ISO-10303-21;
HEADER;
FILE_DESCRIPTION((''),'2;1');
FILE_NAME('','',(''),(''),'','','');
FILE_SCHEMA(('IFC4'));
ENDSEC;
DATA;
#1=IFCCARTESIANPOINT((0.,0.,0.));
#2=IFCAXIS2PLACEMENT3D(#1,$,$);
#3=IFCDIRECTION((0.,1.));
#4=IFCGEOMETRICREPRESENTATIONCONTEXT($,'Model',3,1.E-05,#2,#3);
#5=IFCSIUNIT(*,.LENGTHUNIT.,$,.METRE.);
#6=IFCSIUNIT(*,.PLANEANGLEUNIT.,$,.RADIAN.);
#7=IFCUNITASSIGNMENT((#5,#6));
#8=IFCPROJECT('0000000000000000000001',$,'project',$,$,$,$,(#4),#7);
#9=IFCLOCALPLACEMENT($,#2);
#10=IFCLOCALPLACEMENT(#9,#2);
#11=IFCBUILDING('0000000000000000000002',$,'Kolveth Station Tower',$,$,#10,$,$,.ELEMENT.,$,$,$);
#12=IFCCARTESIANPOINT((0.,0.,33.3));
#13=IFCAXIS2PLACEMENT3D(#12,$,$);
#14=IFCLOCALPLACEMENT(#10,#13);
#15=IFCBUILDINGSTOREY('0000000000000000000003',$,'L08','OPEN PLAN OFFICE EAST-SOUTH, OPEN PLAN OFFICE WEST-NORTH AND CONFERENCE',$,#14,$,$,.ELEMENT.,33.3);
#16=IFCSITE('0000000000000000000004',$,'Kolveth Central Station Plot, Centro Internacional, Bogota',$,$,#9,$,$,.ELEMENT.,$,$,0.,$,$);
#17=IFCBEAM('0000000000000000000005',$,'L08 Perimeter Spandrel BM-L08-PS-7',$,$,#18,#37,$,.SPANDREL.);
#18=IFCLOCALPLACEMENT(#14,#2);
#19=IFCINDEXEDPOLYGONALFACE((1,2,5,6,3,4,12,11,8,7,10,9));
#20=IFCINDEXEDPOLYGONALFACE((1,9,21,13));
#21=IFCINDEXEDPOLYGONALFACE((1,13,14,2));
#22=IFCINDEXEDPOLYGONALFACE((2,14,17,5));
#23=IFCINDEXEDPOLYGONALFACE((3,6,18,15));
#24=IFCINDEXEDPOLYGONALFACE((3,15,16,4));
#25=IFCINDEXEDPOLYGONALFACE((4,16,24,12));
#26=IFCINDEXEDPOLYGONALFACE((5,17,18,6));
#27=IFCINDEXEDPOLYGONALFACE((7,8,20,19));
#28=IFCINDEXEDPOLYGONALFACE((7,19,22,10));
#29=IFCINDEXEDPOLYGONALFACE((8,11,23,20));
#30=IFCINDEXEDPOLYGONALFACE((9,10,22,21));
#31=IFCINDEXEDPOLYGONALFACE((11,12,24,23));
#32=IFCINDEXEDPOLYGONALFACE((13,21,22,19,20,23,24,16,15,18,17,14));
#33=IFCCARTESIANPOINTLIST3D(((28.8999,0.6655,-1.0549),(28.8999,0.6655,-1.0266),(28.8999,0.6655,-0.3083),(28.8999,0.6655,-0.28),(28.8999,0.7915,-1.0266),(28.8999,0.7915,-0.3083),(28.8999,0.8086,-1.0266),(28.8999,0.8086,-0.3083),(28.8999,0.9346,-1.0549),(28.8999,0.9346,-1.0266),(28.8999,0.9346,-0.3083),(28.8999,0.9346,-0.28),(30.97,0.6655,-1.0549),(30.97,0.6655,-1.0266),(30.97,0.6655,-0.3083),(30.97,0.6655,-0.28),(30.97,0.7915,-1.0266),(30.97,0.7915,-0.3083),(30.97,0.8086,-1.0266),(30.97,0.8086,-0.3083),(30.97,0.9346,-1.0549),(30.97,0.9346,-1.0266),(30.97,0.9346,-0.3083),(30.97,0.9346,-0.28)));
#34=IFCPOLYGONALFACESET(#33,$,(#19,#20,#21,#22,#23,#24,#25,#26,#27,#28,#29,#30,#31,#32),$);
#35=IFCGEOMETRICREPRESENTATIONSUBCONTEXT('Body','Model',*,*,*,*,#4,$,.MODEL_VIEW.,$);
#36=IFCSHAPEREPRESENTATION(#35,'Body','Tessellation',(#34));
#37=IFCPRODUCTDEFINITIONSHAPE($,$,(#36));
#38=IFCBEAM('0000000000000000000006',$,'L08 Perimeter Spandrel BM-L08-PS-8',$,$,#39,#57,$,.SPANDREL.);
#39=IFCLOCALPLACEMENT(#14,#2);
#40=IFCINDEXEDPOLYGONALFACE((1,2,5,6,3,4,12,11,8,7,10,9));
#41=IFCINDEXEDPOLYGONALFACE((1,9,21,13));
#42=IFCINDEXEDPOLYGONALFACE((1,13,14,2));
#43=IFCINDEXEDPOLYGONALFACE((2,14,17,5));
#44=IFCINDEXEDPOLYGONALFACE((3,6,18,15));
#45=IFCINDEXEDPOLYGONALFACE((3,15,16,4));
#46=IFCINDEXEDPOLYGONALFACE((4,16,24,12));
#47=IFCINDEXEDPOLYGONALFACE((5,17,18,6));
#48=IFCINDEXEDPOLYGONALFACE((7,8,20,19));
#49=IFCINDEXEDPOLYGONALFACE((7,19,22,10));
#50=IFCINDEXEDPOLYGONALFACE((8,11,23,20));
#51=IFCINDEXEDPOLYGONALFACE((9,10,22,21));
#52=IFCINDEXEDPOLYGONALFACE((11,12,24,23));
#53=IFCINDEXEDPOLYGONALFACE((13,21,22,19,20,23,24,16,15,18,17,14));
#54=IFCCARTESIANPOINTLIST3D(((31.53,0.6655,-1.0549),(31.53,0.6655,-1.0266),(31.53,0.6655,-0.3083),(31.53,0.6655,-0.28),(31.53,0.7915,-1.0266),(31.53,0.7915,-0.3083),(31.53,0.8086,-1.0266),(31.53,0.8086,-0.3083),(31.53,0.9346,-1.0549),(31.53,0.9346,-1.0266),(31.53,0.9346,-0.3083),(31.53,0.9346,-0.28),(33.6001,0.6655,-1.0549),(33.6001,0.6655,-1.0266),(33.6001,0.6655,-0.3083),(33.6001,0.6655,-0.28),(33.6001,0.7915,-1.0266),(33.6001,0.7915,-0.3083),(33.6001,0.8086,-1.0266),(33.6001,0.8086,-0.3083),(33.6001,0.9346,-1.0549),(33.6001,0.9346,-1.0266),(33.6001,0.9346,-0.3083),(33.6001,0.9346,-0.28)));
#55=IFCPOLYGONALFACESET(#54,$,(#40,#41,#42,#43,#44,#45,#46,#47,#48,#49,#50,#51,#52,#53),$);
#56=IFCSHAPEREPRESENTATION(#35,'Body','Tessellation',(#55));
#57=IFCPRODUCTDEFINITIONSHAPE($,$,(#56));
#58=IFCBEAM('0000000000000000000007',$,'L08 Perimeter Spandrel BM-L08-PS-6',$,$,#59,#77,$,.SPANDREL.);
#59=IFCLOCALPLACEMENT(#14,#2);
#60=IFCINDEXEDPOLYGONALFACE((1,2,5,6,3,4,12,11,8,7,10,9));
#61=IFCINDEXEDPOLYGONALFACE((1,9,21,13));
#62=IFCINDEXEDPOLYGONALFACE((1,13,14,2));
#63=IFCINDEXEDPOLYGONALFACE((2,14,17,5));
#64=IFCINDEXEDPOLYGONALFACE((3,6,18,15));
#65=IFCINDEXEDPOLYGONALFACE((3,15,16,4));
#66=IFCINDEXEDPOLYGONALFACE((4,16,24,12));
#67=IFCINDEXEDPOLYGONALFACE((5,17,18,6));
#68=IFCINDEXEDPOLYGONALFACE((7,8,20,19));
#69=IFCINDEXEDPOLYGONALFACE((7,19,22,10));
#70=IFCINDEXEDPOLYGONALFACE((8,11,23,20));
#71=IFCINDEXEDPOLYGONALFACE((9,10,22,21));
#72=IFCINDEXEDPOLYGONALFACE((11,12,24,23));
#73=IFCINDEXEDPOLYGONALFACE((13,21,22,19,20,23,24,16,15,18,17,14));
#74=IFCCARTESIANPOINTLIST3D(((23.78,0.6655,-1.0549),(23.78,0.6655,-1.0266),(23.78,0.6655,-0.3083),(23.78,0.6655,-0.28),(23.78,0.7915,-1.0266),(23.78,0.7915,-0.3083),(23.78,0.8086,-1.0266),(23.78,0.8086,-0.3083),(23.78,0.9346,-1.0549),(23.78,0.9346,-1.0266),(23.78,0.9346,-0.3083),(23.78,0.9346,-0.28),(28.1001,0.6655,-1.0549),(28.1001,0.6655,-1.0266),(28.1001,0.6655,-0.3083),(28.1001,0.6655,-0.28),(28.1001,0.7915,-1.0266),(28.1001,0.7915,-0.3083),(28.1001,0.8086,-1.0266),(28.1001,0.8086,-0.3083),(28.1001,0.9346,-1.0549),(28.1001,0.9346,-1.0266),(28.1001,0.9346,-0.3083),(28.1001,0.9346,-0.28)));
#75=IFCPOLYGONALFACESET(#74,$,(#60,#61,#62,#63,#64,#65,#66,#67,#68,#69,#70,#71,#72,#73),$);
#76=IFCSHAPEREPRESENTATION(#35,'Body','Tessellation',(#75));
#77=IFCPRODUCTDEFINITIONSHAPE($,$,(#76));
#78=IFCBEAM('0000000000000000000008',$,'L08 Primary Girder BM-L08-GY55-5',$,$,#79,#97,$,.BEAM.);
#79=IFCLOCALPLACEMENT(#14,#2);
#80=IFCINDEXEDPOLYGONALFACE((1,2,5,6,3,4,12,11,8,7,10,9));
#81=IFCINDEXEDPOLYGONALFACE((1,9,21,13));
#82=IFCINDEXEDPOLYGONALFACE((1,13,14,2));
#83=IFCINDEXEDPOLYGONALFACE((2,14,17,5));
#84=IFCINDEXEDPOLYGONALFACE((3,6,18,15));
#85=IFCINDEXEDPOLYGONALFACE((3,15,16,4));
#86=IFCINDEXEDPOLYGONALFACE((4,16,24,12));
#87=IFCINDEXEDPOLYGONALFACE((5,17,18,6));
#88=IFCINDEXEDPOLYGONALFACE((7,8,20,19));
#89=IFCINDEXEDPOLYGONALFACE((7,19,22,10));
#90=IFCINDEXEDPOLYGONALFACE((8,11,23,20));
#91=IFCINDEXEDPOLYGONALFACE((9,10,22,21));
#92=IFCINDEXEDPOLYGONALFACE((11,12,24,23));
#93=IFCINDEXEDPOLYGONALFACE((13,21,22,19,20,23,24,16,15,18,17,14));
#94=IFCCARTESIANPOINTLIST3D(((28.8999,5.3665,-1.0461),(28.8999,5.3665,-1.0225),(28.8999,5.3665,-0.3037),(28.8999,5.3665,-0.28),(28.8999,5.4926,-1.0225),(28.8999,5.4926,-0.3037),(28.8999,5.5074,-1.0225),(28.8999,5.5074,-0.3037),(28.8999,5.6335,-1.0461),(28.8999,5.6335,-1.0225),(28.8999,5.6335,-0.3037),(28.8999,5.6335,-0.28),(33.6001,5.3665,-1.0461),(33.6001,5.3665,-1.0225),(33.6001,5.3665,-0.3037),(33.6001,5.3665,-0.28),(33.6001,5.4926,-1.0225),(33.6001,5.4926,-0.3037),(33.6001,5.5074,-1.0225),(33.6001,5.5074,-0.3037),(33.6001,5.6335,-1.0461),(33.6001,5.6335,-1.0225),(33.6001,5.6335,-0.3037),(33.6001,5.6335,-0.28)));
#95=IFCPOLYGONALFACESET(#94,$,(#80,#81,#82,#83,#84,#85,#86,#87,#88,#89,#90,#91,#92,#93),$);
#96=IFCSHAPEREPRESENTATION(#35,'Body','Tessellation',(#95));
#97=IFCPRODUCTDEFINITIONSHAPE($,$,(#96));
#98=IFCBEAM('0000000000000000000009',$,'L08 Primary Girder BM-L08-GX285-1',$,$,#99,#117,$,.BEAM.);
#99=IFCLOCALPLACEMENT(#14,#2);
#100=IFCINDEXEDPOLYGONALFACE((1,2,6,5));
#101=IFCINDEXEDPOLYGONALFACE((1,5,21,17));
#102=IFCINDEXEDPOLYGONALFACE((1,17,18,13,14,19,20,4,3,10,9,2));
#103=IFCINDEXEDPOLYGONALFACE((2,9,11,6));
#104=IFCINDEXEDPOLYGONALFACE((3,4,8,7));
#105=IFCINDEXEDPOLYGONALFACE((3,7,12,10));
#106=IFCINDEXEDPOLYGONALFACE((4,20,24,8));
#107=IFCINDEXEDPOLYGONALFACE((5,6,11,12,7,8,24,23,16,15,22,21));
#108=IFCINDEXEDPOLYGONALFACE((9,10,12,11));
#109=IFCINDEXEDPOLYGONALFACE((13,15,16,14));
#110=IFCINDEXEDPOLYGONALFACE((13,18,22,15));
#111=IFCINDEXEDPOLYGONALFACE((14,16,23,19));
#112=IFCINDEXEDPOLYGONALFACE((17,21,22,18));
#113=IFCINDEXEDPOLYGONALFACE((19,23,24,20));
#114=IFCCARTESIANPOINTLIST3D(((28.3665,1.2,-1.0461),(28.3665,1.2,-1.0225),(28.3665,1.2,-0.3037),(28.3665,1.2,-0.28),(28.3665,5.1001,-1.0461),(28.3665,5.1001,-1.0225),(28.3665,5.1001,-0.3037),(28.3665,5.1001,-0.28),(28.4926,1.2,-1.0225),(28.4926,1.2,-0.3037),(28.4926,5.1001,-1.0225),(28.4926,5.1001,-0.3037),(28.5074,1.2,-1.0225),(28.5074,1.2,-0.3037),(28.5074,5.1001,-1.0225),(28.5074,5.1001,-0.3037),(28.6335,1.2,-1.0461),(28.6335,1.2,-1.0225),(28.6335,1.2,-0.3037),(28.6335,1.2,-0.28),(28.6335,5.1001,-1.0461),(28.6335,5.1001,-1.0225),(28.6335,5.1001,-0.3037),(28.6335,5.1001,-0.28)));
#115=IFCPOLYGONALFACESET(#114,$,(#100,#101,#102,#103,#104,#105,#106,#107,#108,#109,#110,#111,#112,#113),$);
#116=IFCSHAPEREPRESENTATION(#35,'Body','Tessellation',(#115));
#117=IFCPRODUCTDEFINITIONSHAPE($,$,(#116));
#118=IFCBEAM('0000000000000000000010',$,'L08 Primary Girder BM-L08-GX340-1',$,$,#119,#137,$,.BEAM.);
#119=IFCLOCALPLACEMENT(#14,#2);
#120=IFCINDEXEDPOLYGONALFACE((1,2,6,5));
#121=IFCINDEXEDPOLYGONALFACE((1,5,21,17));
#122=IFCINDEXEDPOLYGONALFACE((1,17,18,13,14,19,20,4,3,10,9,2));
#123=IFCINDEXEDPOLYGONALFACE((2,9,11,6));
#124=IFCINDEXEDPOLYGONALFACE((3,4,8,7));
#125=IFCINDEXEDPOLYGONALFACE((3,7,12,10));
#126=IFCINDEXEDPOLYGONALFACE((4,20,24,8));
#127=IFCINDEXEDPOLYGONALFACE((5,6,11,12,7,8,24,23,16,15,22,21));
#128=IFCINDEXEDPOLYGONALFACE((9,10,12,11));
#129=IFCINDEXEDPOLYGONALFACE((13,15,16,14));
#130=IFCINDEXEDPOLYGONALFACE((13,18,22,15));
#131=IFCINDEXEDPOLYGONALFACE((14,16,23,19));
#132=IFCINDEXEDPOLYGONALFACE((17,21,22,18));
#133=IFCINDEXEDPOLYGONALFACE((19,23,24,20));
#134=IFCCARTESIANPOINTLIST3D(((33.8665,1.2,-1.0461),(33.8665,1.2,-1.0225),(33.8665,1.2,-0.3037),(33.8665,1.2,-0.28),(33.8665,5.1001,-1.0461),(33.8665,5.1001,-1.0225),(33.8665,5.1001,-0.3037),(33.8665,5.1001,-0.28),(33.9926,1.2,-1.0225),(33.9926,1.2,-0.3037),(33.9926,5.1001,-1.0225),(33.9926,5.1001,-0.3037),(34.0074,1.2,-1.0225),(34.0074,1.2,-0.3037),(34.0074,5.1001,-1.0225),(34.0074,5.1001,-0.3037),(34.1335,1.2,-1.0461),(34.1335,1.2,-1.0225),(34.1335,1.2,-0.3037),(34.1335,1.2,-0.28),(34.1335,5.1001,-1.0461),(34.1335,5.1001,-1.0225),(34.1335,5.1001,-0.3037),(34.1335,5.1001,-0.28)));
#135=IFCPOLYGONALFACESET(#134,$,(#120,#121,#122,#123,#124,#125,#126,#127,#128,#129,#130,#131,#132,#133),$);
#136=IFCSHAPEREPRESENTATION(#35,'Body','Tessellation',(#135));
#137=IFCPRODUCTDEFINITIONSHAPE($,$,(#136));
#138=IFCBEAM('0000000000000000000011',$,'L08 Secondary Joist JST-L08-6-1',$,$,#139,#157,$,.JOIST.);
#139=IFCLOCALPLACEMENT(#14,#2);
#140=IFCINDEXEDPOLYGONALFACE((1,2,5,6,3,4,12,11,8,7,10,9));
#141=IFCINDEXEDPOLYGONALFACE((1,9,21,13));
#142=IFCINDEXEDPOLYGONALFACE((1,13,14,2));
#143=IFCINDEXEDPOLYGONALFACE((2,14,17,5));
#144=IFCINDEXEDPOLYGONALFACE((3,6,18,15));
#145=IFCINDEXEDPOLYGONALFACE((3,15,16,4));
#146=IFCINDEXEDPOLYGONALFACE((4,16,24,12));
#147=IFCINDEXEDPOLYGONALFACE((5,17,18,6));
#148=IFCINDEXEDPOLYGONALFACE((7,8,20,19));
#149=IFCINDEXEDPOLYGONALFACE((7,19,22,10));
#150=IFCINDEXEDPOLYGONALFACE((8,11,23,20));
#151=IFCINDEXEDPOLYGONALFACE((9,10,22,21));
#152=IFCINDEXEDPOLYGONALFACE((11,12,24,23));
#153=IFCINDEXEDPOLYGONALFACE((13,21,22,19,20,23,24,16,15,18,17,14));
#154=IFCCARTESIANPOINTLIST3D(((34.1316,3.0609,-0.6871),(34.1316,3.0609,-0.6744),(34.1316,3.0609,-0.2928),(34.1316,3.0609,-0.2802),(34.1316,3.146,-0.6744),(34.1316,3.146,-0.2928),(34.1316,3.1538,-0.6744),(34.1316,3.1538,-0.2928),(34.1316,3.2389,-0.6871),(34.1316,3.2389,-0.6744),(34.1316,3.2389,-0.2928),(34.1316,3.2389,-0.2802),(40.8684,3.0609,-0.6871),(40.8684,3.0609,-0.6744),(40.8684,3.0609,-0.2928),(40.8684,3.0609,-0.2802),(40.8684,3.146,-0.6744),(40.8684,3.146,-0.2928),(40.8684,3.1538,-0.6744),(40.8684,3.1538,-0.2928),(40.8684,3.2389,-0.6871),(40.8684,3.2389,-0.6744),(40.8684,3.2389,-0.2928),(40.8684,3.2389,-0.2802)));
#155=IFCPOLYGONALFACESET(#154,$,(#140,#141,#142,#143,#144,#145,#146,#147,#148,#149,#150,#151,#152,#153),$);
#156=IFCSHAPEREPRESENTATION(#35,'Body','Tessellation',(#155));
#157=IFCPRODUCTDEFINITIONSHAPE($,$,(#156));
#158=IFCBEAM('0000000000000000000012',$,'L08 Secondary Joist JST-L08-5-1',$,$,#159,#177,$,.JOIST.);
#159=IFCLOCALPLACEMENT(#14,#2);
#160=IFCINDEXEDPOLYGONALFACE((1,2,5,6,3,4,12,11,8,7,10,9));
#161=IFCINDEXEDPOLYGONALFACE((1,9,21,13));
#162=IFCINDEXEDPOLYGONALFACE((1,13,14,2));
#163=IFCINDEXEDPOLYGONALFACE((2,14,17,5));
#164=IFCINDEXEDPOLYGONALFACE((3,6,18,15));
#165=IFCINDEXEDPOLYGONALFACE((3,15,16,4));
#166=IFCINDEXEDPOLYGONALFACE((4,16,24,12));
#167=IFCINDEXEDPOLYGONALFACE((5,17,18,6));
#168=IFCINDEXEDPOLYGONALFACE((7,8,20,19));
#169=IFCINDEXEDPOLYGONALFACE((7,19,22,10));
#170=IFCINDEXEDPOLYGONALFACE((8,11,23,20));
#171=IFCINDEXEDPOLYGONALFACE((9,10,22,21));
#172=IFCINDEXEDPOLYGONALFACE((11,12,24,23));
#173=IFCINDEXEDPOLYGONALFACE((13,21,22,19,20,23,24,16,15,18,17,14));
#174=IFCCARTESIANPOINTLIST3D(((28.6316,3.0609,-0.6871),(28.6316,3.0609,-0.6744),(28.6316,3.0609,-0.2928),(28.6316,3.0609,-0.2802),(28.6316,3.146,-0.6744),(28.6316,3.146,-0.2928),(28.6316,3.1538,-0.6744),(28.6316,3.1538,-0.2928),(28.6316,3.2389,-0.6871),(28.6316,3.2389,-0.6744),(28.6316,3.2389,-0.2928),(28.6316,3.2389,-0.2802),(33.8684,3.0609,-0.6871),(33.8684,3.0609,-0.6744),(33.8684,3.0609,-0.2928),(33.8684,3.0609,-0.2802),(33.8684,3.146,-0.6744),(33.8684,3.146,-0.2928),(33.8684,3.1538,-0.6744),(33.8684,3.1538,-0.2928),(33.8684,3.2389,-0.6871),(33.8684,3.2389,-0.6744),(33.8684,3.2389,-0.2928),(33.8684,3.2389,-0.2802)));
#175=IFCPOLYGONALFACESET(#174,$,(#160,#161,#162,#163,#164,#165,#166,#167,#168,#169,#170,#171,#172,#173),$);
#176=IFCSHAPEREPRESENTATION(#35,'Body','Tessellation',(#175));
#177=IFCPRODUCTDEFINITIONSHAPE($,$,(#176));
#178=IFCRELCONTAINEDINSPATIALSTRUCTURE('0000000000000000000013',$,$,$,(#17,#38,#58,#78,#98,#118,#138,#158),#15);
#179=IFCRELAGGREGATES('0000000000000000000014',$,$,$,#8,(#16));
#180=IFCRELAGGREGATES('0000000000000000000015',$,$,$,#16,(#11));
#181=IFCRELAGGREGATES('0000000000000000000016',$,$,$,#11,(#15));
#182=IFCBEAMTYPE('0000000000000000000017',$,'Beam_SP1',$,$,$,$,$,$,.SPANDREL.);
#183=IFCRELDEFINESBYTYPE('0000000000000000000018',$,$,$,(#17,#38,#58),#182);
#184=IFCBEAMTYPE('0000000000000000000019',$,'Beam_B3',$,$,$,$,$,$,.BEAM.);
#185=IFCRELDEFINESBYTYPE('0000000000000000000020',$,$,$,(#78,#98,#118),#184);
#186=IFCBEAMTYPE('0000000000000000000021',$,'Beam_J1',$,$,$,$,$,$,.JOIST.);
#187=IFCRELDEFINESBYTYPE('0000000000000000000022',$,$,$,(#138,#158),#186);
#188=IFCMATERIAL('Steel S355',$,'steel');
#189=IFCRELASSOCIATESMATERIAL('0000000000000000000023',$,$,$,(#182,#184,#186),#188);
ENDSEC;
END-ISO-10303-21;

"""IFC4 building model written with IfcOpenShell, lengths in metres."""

from ifc_helpers import new_model, si_unit, direction, frame, origin, origin_2d, place, context, subcontext, project, spatial, i_section, extrude, source, transform, mapped, material, material_profile, profile_set, type_object, element, save


model = new_model("IFC4")

# Units and contexts
model_context = context("Model", 3, precision=1e-05, world=origin(), true_north=direction((0.0, 1.0)))
body_context = subcontext(model_context, "Body", "Model", "MODEL_VIEW")
ifc_project = project(units=[si_unit("LENGTHUNIT", "METRE"), si_unit("PLANEANGLEUNIT", "RADIAN")], contexts=[model_context])

# Site, building, storey
site_placement = place(None, origin())
site = spatial("IfcSite", under=ifc_project, at=site_placement, Name="Kolveth Central Station Plot, Centro Internacional, Bogota", CompositionType="ELEMENT", RefElevation=0.0)
building_placement = place(site_placement, origin())
building = spatial("IfcBuilding", under=site, at=building_placement, Name="Kolveth Station Tower", CompositionType="ELEMENT")
storey_placement = place(building_placement, frame((0.0, 0.0, 33.3)))
storey = spatial("IfcBuildingStorey", under=building, at=storey_placement, Name="L08", Description="OPEN PLAN OFFICE EAST-SOUTH, OPEN PLAN OFFICE WEST-NORTH AND CONFERENCE", CompositionType="ELEMENT", Elevation=33.3)

# Shared definitions
ifc_material_1 = material(Name="Steel S355", Category="steel")

# Beams
ifc_material_profile_1 = material_profile(ifc_material_1, i_section(OverallWidth=0.269, OverallDepth=0.7749, WebThickness=0.0171, FlangeThickness=0.0283, at=origin_2d()), Name="W760x220")
ifc_profile_set_1 = profile_set([ifc_material_profile_1], Name="Steel S355")
beam_type_1 = type_object("IfcBeamType", Name="Beam_SP1", PredefinedType="SPANDREL", material=ifc_profile_set_1)
shared_shape_1 = source(origin(), body_context, "Body", "SweptSolid", [
    extrude(i_section(OverallWidth=0.269, OverallDepth=0.7749, WebThickness=0.0171, FlangeThickness=0.0283, at=origin_2d()), origin(), (0.0, 0.0, 1.0), 2.0701),
])
for number, where, z_axis, x_axis, name in (
    (1, (28.8999, 0.8, -0.6675), (1.0, 0.0, 0.0), (0.0, 1.0, 0.0), "L08 Perimeter Spandrel BM-L08-PS-7"),
    (2, (31.53, 0.8, -0.6675), (1.0, 0.0, 0.0), (0.0, 1.0, 0.0), "L08 Perimeter Spandrel BM-L08-PS-8"),
):
    element("IfcBeam", number, at=place(storey_placement, frame(where, z_axis=z_axis, x_axis=x_axis)), inside=storey, type_object=beam_type_1, Name=name, PredefinedType="SPANDREL", context=body_context, shape_type="MappedRepresentation", body=[
        mapped(shared_shape_1, transform((0.0, 0.0, 0.0), x_axis=(1.0, 0.0, 0.0), y_axis=(0.0, 1.0, 0.0), z_axis=(0.0, 0.0, 1.0), scale=1.0)),
    ])
shared_shape_2 = source(origin(), body_context, "Body", "SweptSolid", [
    extrude(i_section(OverallWidth=0.269, OverallDepth=0.7749, WebThickness=0.0171, FlangeThickness=0.0283, at=origin_2d()), origin(), (0.0, 0.0, 1.0), 4.3201),
])
beam_1_placement = place(storey_placement, frame((23.78, 0.8, -0.6675), z_axis=(1.0, 0.0, 0.0), x_axis=(0.0, 1.0, 0.0)))
element("IfcBeam", 3, at=beam_1_placement, inside=storey, type_object=beam_type_1, Name="L08 Perimeter Spandrel BM-L08-PS-6", PredefinedType="SPANDREL", context=body_context, shape_type="MappedRepresentation", body=[
    mapped(shared_shape_2, transform((0.0, 0.0, 0.0), x_axis=(1.0, 0.0, 0.0), y_axis=(0.0, 1.0, 0.0), z_axis=(0.0, 0.0, 1.0), scale=1.0)),
])
ifc_material_profile_2 = material_profile(ifc_material_1, i_section(OverallWidth=0.2671, OverallDepth=0.7661, WebThickness=0.0149, FlangeThickness=0.0237, at=origin_2d()), Name="W760x185")
ifc_profile_set_2 = profile_set([ifc_material_profile_2], Name="Steel S355")
beam_type_2 = type_object("IfcBeamType", Name="Beam_B3", PredefinedType="BEAM", material=ifc_profile_set_2)
shared_shape_3 = source(origin(), body_context, "Body", "SweptSolid", [
    extrude(i_section(OverallWidth=0.2671, OverallDepth=0.7661, WebThickness=0.0149, FlangeThickness=0.0237, at=origin_2d()), origin(), (0.0, 0.0, 1.0), 4.7002),
])
beam_2_placement = place(storey_placement, frame((28.8999, 5.5, -0.6631), z_axis=(1.0, 0.0, 0.0), x_axis=(0.0, 1.0, 0.0)))
element("IfcBeam", 4, at=beam_2_placement, inside=storey, type_object=beam_type_2, Name="L08 Primary Girder BM-L08-GY55-5", PredefinedType="BEAM", context=body_context, shape_type="MappedRepresentation", body=[
    mapped(shared_shape_3, transform((0.0, 0.0, 0.0), x_axis=(1.0, 0.0, 0.0), y_axis=(0.0, 1.0, 0.0), z_axis=(0.0, 0.0, 1.0), scale=1.0)),
])
shared_shape_4 = source(origin(), body_context, "Body", "SweptSolid", [
    extrude(i_section(OverallWidth=0.2671, OverallDepth=0.7661, WebThickness=0.0149, FlangeThickness=0.0237, at=origin_2d()), origin(), (0.0, 0.0, 1.0), 3.9001),
])
for number, where, z_axis, x_axis, name in (
    (5, (28.5, 1.2, -0.6631), (0.0, 1.0, 0.0), (-1.0, 0.0, 0.0), "L08 Primary Girder BM-L08-GX285-1"),
    (6, (34.0, 1.2, -0.6631), (0.0, 1.0, 0.0), (-1.0, 0.0, 0.0), "L08 Primary Girder BM-L08-GX340-1"),
):
    element("IfcBeam", number, at=place(storey_placement, frame(where, z_axis=z_axis, x_axis=x_axis)), inside=storey, type_object=beam_type_2, Name=name, PredefinedType="BEAM", context=body_context, shape_type="MappedRepresentation", body=[
        mapped(shared_shape_4, transform((0.0, 0.0, 0.0), x_axis=(1.0, 0.0, 0.0), y_axis=(0.0, 1.0, 0.0), z_axis=(0.0, 0.0, 1.0), scale=1.0)),
    ])
ifc_material_profile_3 = material_profile(ifc_material_1, i_section(OverallWidth=0.178, OverallDepth=0.407, WebThickness=0.0078, FlangeThickness=0.0127, at=origin_2d()), Name="W410x60")
ifc_profile_set_3 = profile_set([ifc_material_profile_3], Name="Steel S355")
beam_type_3 = type_object("IfcBeamType", Name="Beam_J1", PredefinedType="JOIST", material=ifc_profile_set_3)
shared_shape_5 = source(origin(), body_context, "Body", "SweptSolid", [
    extrude(i_section(OverallWidth=0.178, OverallDepth=0.407, WebThickness=0.0078, FlangeThickness=0.0127, at=origin_2d()), origin(), (0.0, 0.0, 1.0), 6.7368),
])
beam_3_placement = place(storey_placement, frame((34.1316, 3.1499, -0.4836), z_axis=(1.0, 0.0, 0.0), x_axis=(0.0, 1.0, 0.0)))
element("IfcBeam", 7, at=beam_3_placement, inside=storey, type_object=beam_type_3, Name="L08 Secondary Joist JST-L08-6-1", PredefinedType="JOIST", context=body_context, shape_type="MappedRepresentation", body=[
    mapped(shared_shape_5, transform((0.0, 0.0, 0.0), x_axis=(1.0, 0.0, 0.0), y_axis=(0.0, 1.0, 0.0), z_axis=(0.0, 0.0, 1.0), scale=1.0)),
])
shared_shape_6 = source(origin(), body_context, "Body", "SweptSolid", [
    extrude(i_section(OverallWidth=0.178, OverallDepth=0.407, WebThickness=0.0078, FlangeThickness=0.0127, at=origin_2d()), origin(), (0.0, 0.0, 1.0), 5.2368),
])
beam_4_placement = place(storey_placement, frame((28.6316, 3.1499, -0.4836), z_axis=(1.0, 0.0, 0.0), x_axis=(0.0, 1.0, 0.0)))
element("IfcBeam", 8, at=beam_4_placement, inside=storey, type_object=beam_type_3, Name="L08 Secondary Joist JST-L08-5-1", PredefinedType="JOIST", context=body_context, shape_type="MappedRepresentation", body=[
    mapped(shared_shape_6, transform((0.0, 0.0, 0.0), x_axis=(1.0, 0.0, 0.0), y_axis=(0.0, 1.0, 0.0), z_axis=(0.0, 0.0, 1.0), scale=1.0)),
])

save(model, "model.ifc")
